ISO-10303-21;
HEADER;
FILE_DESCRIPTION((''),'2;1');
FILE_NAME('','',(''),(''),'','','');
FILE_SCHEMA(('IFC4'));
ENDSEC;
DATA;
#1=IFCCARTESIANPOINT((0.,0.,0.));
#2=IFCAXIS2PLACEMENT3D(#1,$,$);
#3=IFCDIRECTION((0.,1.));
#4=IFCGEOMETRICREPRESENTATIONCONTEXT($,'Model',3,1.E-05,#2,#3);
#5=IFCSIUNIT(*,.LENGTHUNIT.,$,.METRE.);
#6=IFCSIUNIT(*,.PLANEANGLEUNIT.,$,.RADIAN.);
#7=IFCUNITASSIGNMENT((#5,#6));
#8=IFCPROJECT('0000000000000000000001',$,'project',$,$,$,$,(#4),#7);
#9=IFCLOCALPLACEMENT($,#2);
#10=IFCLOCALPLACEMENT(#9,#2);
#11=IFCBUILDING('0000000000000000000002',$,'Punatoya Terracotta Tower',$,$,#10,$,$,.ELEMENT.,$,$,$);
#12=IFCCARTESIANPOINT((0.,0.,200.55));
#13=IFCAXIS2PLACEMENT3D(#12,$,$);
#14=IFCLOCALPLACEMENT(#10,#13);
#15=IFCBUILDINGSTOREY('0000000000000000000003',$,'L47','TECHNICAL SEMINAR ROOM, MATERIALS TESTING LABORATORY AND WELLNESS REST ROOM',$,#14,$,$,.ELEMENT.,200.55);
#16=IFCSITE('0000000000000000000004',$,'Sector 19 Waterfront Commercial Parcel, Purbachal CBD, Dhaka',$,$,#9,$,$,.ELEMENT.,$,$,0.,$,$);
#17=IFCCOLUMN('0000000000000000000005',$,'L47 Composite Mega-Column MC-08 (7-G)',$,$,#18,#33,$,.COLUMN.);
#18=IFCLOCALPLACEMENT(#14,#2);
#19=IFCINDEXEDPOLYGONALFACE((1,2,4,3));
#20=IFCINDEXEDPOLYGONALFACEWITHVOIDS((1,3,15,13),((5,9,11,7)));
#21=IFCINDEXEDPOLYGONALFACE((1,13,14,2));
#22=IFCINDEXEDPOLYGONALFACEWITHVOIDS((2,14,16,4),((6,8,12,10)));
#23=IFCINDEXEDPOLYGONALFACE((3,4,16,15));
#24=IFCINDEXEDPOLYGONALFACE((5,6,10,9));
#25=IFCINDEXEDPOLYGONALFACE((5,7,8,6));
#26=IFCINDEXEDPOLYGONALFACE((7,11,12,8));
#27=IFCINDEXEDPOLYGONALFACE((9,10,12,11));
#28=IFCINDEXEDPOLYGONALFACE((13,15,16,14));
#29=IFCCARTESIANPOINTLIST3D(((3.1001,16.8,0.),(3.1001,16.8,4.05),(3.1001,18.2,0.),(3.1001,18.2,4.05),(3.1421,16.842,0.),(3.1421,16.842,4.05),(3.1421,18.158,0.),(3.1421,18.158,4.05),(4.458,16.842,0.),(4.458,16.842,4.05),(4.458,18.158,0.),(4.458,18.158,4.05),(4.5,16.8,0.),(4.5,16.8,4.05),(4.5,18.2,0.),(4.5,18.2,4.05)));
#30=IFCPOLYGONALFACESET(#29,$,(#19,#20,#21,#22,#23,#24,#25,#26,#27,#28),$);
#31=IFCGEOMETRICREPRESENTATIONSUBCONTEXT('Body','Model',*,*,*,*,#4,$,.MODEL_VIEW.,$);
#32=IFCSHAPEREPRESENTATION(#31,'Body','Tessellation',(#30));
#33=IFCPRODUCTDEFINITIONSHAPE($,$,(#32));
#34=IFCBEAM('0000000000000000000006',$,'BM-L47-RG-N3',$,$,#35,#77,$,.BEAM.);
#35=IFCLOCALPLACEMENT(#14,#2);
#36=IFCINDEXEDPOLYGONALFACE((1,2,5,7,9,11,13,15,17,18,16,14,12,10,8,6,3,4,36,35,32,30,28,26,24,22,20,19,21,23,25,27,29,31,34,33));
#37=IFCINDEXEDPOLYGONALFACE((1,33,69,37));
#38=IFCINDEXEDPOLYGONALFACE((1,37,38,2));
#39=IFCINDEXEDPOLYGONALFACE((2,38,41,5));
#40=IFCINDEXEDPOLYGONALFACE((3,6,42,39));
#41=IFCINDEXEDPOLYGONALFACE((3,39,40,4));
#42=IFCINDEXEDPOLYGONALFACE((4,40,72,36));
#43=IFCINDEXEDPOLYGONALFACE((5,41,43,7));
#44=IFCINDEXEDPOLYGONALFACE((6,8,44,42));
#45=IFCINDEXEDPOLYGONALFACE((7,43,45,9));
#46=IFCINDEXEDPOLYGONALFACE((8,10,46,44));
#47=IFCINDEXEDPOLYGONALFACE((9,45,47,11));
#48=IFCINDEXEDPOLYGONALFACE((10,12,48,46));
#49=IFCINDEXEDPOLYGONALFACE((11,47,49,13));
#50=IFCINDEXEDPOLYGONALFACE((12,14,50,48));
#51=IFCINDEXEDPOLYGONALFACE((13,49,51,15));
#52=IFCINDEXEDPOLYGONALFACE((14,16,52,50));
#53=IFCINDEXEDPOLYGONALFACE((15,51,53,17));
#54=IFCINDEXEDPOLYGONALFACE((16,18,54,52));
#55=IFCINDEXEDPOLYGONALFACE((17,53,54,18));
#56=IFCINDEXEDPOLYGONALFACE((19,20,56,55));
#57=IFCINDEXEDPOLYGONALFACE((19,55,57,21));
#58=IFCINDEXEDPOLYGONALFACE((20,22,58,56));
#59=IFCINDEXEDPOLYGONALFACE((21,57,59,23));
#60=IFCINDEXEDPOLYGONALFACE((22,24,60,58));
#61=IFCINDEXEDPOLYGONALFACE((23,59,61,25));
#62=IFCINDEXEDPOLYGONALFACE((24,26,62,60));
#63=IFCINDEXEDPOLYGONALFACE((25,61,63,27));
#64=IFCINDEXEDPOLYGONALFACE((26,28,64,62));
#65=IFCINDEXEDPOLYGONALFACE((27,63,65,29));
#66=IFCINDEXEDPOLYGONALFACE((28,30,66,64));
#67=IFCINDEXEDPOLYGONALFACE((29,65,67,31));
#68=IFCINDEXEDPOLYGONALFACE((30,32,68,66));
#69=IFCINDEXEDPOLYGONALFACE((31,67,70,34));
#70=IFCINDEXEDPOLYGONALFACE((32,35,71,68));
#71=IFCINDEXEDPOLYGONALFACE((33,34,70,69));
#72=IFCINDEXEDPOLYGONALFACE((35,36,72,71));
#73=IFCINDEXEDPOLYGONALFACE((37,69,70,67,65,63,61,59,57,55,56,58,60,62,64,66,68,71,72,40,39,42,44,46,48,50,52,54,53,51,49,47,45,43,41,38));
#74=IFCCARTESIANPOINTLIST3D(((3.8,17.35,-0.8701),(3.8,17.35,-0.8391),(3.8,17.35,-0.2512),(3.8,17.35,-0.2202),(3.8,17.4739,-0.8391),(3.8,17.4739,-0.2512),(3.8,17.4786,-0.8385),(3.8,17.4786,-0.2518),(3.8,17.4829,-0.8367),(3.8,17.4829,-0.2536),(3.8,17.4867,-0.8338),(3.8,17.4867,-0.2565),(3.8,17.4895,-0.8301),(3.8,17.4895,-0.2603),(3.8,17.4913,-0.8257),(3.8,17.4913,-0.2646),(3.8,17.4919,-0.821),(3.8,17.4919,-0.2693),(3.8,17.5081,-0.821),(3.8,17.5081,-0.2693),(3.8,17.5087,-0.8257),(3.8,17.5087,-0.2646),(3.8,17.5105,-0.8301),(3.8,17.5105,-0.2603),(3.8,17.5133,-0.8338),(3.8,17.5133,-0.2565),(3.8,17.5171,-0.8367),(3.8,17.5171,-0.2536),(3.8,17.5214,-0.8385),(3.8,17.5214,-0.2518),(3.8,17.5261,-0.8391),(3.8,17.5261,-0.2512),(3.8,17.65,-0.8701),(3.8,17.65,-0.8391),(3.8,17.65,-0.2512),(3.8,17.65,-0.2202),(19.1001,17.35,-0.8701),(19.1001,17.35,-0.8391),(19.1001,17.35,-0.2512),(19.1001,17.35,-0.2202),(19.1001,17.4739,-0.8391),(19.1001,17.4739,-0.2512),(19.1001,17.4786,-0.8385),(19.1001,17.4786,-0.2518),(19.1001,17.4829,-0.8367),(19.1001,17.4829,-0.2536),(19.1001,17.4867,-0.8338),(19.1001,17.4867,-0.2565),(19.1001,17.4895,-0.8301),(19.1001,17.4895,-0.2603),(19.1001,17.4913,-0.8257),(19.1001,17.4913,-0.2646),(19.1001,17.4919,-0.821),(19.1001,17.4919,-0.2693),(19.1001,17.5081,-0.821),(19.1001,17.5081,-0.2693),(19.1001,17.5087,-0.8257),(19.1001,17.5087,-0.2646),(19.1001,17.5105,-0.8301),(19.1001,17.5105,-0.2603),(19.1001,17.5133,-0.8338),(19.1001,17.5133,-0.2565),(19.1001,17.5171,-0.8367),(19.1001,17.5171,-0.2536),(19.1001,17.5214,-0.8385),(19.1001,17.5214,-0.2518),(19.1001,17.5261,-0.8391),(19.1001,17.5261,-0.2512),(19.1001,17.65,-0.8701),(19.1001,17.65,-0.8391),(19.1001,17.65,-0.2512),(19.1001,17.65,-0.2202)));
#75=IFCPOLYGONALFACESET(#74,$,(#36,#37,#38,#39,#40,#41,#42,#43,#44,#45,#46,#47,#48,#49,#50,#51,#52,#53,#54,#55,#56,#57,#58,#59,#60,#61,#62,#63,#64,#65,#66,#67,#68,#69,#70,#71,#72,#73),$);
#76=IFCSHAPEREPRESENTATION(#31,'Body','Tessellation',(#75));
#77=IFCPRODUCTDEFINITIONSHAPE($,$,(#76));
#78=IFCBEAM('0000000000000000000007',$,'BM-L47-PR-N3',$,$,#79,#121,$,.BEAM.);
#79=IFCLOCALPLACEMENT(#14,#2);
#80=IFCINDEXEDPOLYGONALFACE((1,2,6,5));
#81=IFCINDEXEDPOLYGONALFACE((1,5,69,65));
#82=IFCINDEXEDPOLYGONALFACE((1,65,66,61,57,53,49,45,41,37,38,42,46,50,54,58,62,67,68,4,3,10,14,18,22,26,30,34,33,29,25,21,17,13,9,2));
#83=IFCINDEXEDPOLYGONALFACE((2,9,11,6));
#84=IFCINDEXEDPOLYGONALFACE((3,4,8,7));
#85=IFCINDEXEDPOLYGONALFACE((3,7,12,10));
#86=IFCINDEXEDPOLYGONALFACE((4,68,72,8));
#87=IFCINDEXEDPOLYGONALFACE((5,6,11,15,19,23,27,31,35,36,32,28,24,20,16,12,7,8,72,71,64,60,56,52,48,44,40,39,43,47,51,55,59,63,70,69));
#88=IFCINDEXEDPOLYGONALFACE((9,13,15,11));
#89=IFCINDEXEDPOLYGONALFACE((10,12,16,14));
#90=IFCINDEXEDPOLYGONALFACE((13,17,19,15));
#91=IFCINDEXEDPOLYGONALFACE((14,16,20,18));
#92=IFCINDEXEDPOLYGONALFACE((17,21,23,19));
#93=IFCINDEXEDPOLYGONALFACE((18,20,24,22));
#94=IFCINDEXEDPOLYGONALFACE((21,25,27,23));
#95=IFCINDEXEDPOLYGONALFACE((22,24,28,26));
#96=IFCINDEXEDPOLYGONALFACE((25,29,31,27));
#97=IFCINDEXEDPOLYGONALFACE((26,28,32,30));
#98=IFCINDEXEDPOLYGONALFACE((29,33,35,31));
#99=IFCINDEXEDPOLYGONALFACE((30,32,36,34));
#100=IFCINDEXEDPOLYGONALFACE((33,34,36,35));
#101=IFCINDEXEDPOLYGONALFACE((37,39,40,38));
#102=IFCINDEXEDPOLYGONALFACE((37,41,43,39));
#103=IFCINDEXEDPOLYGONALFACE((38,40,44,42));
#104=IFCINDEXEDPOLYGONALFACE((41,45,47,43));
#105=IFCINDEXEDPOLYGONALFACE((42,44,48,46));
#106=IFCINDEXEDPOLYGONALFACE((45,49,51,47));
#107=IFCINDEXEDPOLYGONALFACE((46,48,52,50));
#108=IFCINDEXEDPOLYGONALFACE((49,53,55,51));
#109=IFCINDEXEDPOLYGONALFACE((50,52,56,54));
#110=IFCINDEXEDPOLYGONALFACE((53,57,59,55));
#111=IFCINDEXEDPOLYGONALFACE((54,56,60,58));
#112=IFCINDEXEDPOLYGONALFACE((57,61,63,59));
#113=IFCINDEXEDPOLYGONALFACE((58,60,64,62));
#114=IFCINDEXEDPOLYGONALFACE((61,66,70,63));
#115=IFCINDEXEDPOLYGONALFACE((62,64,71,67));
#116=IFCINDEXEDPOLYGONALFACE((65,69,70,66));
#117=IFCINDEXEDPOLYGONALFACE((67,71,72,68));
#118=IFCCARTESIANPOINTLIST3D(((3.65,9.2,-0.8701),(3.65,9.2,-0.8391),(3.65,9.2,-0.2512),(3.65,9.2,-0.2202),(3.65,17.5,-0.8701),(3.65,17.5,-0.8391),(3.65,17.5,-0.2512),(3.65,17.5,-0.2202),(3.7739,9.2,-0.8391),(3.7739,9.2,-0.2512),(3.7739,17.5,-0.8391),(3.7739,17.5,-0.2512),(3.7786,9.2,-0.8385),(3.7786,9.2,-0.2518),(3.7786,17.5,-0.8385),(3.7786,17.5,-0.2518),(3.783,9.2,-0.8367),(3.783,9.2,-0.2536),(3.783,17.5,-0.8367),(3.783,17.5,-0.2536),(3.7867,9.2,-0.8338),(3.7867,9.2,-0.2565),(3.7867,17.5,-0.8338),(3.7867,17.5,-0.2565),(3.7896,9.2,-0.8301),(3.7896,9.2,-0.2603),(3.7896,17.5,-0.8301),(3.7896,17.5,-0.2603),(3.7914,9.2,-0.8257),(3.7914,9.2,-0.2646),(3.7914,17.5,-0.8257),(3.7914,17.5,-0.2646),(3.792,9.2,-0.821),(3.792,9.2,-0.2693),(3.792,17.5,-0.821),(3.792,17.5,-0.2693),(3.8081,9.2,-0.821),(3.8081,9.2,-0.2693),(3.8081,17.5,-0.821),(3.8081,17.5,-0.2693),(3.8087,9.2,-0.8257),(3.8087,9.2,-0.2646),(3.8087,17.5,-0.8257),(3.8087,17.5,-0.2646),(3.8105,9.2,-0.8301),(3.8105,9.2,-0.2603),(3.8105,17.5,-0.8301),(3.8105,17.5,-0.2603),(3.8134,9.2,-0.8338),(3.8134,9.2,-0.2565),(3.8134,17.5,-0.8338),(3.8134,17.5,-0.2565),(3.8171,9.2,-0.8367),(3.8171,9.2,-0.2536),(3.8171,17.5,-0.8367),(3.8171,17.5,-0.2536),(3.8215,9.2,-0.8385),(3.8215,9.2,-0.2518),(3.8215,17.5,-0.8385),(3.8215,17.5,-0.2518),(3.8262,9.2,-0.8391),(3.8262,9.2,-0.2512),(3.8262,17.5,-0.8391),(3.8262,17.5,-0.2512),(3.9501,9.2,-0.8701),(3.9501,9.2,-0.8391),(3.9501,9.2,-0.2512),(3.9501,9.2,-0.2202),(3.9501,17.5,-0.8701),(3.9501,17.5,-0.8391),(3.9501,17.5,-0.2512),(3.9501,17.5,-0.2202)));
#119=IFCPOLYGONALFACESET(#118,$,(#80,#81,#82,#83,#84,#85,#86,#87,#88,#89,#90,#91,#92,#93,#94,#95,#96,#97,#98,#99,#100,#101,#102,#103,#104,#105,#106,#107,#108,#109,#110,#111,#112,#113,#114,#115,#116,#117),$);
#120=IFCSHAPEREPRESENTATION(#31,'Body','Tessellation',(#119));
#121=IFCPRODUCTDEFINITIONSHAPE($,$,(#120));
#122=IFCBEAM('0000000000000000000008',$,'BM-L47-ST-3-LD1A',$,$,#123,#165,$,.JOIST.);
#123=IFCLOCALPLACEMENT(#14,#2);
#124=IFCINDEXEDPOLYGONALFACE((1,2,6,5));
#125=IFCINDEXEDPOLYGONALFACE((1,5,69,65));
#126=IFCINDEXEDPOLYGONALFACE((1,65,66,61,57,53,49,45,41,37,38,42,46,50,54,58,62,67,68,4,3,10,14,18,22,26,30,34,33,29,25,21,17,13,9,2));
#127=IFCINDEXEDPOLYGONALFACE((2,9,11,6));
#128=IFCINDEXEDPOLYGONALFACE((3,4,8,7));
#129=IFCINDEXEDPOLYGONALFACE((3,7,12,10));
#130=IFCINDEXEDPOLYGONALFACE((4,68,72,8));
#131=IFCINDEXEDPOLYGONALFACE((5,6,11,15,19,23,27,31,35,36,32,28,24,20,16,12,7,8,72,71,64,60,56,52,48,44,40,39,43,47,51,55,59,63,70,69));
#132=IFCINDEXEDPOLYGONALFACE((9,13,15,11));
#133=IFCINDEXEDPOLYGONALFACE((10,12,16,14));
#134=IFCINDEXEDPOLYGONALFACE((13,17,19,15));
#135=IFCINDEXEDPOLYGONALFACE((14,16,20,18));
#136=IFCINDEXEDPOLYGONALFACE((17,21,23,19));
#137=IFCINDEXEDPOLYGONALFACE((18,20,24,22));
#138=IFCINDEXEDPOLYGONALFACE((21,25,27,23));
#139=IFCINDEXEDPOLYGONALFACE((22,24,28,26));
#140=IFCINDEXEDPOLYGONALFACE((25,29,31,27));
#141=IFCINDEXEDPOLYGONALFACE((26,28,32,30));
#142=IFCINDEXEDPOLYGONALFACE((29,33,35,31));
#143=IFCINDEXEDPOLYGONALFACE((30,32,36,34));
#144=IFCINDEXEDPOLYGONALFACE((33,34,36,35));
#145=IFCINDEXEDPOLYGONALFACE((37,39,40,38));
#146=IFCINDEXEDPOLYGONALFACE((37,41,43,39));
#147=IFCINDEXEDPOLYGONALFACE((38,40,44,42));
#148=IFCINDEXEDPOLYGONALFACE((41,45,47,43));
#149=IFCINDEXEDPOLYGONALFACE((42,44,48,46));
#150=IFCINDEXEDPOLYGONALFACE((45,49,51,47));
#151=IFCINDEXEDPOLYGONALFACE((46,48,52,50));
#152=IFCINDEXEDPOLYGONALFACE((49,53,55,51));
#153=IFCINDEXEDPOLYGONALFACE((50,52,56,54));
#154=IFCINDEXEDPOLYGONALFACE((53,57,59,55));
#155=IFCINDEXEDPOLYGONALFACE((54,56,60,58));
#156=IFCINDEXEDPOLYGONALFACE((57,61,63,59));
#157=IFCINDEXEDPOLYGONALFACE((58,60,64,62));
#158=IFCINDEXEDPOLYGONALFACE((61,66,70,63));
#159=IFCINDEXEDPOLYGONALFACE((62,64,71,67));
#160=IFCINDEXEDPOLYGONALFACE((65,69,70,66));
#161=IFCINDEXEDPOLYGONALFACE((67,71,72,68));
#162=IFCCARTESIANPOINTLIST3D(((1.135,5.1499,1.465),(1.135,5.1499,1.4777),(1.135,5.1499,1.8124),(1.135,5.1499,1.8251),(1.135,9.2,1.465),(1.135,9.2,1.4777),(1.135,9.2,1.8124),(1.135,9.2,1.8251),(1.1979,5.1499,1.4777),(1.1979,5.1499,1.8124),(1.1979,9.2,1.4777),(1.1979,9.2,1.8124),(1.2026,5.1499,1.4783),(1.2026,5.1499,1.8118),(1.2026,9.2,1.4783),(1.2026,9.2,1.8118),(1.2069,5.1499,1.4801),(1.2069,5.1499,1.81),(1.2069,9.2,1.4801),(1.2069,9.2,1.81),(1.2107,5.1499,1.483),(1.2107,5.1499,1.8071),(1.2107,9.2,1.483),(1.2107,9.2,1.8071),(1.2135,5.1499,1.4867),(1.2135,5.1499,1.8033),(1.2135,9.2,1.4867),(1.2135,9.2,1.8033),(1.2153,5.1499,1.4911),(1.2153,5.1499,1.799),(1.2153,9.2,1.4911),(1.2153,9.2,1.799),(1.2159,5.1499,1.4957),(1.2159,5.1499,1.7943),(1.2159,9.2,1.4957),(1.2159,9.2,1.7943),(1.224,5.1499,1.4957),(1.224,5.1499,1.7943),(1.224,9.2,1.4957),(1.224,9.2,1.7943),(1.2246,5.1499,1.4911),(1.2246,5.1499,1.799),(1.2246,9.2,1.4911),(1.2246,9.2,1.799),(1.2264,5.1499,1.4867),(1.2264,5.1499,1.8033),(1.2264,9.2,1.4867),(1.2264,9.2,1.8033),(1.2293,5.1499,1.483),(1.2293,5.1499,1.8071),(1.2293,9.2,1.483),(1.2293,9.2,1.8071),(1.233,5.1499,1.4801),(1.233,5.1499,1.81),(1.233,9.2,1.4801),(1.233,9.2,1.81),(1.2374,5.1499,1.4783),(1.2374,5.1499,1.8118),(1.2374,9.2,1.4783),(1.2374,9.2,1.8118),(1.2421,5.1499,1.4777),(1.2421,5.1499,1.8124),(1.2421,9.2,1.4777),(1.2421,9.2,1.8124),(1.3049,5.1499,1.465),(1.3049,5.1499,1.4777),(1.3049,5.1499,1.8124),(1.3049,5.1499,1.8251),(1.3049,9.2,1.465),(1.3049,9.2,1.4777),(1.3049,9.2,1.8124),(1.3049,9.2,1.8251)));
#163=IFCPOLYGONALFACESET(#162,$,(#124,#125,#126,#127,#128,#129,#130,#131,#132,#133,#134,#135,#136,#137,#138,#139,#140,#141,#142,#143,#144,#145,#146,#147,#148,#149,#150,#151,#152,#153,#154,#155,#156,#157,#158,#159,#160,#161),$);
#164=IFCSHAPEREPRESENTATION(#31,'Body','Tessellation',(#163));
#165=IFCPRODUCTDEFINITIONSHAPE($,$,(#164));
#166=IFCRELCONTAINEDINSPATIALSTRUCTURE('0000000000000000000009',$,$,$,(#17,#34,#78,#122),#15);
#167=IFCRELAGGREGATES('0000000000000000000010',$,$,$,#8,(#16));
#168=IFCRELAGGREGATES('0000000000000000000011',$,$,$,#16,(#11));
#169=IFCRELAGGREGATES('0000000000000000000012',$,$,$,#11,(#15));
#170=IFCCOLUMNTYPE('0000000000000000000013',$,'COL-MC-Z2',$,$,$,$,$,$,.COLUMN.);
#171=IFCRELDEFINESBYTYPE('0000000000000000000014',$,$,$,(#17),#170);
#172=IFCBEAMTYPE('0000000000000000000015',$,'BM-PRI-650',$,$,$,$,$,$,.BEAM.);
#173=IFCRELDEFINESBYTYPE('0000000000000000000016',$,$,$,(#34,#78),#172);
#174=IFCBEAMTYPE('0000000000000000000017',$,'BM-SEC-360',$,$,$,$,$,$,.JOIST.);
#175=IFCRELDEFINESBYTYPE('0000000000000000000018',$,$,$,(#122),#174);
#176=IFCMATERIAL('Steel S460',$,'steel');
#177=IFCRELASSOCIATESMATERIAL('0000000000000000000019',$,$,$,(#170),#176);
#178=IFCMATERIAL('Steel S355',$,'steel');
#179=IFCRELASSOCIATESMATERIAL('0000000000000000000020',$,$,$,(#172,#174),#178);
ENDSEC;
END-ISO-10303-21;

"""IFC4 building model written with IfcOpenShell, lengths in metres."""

from ifc_helpers import new_model, si_unit, direction, frame, origin, origin_2d, place, context, subcontext, project, spatial, hollow_rectangle, i_section, extrude, material, material_profile, profile_set, type_object, element, save


model = new_model("IFC4")

# Units and contexts
model_context = context("Model", 3, precision=1e-05, world=origin(), true_north=direction((0.0, 1.0)))
body_context = subcontext(model_context, "Body", "Model", "MODEL_VIEW")
ifc_project = project(units=[si_unit("LENGTHUNIT", "METRE"), si_unit("PLANEANGLEUNIT", "RADIAN")], contexts=[model_context])

# Site, building, storey
site_placement = place(None, origin())
site = spatial("IfcSite", under=ifc_project, at=site_placement, Name="Sector 19 Waterfront Commercial Parcel, Purbachal CBD, Dhaka", CompositionType="ELEMENT", RefElevation=0.0)
building_placement = place(site_placement, origin())
building = spatial("IfcBuilding", under=site, at=building_placement, Name="Punatoya Terracotta Tower", CompositionType="ELEMENT")
storey_placement = place(building_placement, frame((0.0, 0.0, 200.55)))
storey = spatial("IfcBuildingStorey", under=building, at=storey_placement, Name="L47", Description="TECHNICAL SEMINAR ROOM, MATERIALS TESTING LABORATORY AND WELLNESS REST ROOM", CompositionType="ELEMENT", Elevation=200.55)

# Column
ifc_material_1 = material(Name="Steel S460", Category="steel")
ifc_material_profile_1 = material_profile(ifc_material_1, hollow_rectangle(XDim=1.3999, YDim=1.3999, WallThickness=0.042, at=origin_2d()))
ifc_profile_set_1 = profile_set([ifc_material_profile_1], Name="Steel S460")
column_type = type_object("IfcColumnType", Name="COL-MC-Z2", PredefinedType="COLUMN", material=ifc_profile_set_1)
column_placement = place(storey_placement, frame((3.8, 17.5, 0.0), z_axis=(0.0, 0.0, 1.0), x_axis=(1.0, 0.0, 0.0)))
element("IfcColumn", 1, at=column_placement, inside=storey, type_object=column_type, Name="L47 Composite Mega-Column MC-08 (7-G)", PredefinedType="COLUMN", context=body_context, shape_type="SweptSolid", body=[
    extrude(hollow_rectangle(XDim=1.3999, YDim=1.3999, WallThickness=0.042, at=origin_2d()), origin(), (0.0, 0.0, 1.0), 4.05),
])

# Beams
ifc_material_2 = material(Name="Steel S355", Category="steel")
ifc_material_profile_2 = material_profile(ifc_material_2, i_section(OverallWidth=0.3, OverallDepth=0.6499, WebThickness=0.0161, FlangeThickness=0.031, FilletRadius=0.0181, at=origin_2d()))
ifc_profile_set_2 = profile_set([ifc_material_profile_2], Name="Steel S355")
beam_type_1 = type_object("IfcBeamType", Name="BM-PRI-650", PredefinedType="BEAM", material=ifc_profile_set_2)
beam_1_placement = place(storey_placement, frame((3.8, 17.5, -0.5452), z_axis=(1.0, 0.0, 0.0), x_axis=(0.0, 1.0, 0.0)))
element("IfcBeam", 2, at=beam_1_placement, inside=storey, type_object=beam_type_1, Name="BM-L47-RG-N3", PredefinedType="BEAM", context=body_context, shape_type="SweptSolid", body=[
    extrude(i_section(OverallWidth=0.3, OverallDepth=0.6499, WebThickness=0.0161, FlangeThickness=0.031, FilletRadius=0.0181, at=origin_2d()), origin(), (0.0, 0.0, 1.0), 15.3),
])
beam_2_placement = place(storey_placement, frame((3.8, 9.2, -0.5452), z_axis=(0.0, 1.0, 0.0), x_axis=(-1.0, 0.0, 0.0)))
element("IfcBeam", 3, at=beam_2_placement, inside=storey, type_object=beam_type_1, Name="BM-L47-PR-N3", PredefinedType="BEAM", context=body_context, shape_type="SweptSolid", body=[
    extrude(i_section(OverallWidth=0.3, OverallDepth=0.6499, WebThickness=0.0161, FlangeThickness=0.031, FilletRadius=0.0181, at=origin_2d()), origin(), (0.0, 0.0, 1.0), 8.3),
])
ifc_material_profile_3 = material_profile(ifc_material_2, i_section(OverallWidth=0.1699, OverallDepth=0.3601, WebThickness=0.0081, FlangeThickness=0.0127, FilletRadius=0.0181, at=origin_2d()))
ifc_profile_set_3 = profile_set([ifc_material_profile_3], Name="Steel S355")
beam_type_2 = type_object("IfcBeamType", Name="BM-SEC-360", PredefinedType="JOIST", material=ifc_profile_set_3)
for number, where, z_axis, x_axis, name in (
    (4, (1.22, 5.1499, 1.645), (0.0, 1.0, 0.0), (-1.0, 0.0, 0.0), "BM-L47-ST-3-LD1A"),
):
    element("IfcBeam", number, at=place(storey_placement, frame(where, z_axis=z_axis, x_axis=x_axis)), inside=storey, type_object=beam_type_2, Name=name, PredefinedType="JOIST", context=body_context, shape_type="SweptSolid", body=[
        extrude(i_section(OverallWidth=0.1699, OverallDepth=0.3601, WebThickness=0.0081, FlangeThickness=0.0127, FilletRadius=0.0181, at=origin_2d()), origin(), (0.0, 0.0, 1.0), 4.05),
    ])

save(model, "model.ifc")
